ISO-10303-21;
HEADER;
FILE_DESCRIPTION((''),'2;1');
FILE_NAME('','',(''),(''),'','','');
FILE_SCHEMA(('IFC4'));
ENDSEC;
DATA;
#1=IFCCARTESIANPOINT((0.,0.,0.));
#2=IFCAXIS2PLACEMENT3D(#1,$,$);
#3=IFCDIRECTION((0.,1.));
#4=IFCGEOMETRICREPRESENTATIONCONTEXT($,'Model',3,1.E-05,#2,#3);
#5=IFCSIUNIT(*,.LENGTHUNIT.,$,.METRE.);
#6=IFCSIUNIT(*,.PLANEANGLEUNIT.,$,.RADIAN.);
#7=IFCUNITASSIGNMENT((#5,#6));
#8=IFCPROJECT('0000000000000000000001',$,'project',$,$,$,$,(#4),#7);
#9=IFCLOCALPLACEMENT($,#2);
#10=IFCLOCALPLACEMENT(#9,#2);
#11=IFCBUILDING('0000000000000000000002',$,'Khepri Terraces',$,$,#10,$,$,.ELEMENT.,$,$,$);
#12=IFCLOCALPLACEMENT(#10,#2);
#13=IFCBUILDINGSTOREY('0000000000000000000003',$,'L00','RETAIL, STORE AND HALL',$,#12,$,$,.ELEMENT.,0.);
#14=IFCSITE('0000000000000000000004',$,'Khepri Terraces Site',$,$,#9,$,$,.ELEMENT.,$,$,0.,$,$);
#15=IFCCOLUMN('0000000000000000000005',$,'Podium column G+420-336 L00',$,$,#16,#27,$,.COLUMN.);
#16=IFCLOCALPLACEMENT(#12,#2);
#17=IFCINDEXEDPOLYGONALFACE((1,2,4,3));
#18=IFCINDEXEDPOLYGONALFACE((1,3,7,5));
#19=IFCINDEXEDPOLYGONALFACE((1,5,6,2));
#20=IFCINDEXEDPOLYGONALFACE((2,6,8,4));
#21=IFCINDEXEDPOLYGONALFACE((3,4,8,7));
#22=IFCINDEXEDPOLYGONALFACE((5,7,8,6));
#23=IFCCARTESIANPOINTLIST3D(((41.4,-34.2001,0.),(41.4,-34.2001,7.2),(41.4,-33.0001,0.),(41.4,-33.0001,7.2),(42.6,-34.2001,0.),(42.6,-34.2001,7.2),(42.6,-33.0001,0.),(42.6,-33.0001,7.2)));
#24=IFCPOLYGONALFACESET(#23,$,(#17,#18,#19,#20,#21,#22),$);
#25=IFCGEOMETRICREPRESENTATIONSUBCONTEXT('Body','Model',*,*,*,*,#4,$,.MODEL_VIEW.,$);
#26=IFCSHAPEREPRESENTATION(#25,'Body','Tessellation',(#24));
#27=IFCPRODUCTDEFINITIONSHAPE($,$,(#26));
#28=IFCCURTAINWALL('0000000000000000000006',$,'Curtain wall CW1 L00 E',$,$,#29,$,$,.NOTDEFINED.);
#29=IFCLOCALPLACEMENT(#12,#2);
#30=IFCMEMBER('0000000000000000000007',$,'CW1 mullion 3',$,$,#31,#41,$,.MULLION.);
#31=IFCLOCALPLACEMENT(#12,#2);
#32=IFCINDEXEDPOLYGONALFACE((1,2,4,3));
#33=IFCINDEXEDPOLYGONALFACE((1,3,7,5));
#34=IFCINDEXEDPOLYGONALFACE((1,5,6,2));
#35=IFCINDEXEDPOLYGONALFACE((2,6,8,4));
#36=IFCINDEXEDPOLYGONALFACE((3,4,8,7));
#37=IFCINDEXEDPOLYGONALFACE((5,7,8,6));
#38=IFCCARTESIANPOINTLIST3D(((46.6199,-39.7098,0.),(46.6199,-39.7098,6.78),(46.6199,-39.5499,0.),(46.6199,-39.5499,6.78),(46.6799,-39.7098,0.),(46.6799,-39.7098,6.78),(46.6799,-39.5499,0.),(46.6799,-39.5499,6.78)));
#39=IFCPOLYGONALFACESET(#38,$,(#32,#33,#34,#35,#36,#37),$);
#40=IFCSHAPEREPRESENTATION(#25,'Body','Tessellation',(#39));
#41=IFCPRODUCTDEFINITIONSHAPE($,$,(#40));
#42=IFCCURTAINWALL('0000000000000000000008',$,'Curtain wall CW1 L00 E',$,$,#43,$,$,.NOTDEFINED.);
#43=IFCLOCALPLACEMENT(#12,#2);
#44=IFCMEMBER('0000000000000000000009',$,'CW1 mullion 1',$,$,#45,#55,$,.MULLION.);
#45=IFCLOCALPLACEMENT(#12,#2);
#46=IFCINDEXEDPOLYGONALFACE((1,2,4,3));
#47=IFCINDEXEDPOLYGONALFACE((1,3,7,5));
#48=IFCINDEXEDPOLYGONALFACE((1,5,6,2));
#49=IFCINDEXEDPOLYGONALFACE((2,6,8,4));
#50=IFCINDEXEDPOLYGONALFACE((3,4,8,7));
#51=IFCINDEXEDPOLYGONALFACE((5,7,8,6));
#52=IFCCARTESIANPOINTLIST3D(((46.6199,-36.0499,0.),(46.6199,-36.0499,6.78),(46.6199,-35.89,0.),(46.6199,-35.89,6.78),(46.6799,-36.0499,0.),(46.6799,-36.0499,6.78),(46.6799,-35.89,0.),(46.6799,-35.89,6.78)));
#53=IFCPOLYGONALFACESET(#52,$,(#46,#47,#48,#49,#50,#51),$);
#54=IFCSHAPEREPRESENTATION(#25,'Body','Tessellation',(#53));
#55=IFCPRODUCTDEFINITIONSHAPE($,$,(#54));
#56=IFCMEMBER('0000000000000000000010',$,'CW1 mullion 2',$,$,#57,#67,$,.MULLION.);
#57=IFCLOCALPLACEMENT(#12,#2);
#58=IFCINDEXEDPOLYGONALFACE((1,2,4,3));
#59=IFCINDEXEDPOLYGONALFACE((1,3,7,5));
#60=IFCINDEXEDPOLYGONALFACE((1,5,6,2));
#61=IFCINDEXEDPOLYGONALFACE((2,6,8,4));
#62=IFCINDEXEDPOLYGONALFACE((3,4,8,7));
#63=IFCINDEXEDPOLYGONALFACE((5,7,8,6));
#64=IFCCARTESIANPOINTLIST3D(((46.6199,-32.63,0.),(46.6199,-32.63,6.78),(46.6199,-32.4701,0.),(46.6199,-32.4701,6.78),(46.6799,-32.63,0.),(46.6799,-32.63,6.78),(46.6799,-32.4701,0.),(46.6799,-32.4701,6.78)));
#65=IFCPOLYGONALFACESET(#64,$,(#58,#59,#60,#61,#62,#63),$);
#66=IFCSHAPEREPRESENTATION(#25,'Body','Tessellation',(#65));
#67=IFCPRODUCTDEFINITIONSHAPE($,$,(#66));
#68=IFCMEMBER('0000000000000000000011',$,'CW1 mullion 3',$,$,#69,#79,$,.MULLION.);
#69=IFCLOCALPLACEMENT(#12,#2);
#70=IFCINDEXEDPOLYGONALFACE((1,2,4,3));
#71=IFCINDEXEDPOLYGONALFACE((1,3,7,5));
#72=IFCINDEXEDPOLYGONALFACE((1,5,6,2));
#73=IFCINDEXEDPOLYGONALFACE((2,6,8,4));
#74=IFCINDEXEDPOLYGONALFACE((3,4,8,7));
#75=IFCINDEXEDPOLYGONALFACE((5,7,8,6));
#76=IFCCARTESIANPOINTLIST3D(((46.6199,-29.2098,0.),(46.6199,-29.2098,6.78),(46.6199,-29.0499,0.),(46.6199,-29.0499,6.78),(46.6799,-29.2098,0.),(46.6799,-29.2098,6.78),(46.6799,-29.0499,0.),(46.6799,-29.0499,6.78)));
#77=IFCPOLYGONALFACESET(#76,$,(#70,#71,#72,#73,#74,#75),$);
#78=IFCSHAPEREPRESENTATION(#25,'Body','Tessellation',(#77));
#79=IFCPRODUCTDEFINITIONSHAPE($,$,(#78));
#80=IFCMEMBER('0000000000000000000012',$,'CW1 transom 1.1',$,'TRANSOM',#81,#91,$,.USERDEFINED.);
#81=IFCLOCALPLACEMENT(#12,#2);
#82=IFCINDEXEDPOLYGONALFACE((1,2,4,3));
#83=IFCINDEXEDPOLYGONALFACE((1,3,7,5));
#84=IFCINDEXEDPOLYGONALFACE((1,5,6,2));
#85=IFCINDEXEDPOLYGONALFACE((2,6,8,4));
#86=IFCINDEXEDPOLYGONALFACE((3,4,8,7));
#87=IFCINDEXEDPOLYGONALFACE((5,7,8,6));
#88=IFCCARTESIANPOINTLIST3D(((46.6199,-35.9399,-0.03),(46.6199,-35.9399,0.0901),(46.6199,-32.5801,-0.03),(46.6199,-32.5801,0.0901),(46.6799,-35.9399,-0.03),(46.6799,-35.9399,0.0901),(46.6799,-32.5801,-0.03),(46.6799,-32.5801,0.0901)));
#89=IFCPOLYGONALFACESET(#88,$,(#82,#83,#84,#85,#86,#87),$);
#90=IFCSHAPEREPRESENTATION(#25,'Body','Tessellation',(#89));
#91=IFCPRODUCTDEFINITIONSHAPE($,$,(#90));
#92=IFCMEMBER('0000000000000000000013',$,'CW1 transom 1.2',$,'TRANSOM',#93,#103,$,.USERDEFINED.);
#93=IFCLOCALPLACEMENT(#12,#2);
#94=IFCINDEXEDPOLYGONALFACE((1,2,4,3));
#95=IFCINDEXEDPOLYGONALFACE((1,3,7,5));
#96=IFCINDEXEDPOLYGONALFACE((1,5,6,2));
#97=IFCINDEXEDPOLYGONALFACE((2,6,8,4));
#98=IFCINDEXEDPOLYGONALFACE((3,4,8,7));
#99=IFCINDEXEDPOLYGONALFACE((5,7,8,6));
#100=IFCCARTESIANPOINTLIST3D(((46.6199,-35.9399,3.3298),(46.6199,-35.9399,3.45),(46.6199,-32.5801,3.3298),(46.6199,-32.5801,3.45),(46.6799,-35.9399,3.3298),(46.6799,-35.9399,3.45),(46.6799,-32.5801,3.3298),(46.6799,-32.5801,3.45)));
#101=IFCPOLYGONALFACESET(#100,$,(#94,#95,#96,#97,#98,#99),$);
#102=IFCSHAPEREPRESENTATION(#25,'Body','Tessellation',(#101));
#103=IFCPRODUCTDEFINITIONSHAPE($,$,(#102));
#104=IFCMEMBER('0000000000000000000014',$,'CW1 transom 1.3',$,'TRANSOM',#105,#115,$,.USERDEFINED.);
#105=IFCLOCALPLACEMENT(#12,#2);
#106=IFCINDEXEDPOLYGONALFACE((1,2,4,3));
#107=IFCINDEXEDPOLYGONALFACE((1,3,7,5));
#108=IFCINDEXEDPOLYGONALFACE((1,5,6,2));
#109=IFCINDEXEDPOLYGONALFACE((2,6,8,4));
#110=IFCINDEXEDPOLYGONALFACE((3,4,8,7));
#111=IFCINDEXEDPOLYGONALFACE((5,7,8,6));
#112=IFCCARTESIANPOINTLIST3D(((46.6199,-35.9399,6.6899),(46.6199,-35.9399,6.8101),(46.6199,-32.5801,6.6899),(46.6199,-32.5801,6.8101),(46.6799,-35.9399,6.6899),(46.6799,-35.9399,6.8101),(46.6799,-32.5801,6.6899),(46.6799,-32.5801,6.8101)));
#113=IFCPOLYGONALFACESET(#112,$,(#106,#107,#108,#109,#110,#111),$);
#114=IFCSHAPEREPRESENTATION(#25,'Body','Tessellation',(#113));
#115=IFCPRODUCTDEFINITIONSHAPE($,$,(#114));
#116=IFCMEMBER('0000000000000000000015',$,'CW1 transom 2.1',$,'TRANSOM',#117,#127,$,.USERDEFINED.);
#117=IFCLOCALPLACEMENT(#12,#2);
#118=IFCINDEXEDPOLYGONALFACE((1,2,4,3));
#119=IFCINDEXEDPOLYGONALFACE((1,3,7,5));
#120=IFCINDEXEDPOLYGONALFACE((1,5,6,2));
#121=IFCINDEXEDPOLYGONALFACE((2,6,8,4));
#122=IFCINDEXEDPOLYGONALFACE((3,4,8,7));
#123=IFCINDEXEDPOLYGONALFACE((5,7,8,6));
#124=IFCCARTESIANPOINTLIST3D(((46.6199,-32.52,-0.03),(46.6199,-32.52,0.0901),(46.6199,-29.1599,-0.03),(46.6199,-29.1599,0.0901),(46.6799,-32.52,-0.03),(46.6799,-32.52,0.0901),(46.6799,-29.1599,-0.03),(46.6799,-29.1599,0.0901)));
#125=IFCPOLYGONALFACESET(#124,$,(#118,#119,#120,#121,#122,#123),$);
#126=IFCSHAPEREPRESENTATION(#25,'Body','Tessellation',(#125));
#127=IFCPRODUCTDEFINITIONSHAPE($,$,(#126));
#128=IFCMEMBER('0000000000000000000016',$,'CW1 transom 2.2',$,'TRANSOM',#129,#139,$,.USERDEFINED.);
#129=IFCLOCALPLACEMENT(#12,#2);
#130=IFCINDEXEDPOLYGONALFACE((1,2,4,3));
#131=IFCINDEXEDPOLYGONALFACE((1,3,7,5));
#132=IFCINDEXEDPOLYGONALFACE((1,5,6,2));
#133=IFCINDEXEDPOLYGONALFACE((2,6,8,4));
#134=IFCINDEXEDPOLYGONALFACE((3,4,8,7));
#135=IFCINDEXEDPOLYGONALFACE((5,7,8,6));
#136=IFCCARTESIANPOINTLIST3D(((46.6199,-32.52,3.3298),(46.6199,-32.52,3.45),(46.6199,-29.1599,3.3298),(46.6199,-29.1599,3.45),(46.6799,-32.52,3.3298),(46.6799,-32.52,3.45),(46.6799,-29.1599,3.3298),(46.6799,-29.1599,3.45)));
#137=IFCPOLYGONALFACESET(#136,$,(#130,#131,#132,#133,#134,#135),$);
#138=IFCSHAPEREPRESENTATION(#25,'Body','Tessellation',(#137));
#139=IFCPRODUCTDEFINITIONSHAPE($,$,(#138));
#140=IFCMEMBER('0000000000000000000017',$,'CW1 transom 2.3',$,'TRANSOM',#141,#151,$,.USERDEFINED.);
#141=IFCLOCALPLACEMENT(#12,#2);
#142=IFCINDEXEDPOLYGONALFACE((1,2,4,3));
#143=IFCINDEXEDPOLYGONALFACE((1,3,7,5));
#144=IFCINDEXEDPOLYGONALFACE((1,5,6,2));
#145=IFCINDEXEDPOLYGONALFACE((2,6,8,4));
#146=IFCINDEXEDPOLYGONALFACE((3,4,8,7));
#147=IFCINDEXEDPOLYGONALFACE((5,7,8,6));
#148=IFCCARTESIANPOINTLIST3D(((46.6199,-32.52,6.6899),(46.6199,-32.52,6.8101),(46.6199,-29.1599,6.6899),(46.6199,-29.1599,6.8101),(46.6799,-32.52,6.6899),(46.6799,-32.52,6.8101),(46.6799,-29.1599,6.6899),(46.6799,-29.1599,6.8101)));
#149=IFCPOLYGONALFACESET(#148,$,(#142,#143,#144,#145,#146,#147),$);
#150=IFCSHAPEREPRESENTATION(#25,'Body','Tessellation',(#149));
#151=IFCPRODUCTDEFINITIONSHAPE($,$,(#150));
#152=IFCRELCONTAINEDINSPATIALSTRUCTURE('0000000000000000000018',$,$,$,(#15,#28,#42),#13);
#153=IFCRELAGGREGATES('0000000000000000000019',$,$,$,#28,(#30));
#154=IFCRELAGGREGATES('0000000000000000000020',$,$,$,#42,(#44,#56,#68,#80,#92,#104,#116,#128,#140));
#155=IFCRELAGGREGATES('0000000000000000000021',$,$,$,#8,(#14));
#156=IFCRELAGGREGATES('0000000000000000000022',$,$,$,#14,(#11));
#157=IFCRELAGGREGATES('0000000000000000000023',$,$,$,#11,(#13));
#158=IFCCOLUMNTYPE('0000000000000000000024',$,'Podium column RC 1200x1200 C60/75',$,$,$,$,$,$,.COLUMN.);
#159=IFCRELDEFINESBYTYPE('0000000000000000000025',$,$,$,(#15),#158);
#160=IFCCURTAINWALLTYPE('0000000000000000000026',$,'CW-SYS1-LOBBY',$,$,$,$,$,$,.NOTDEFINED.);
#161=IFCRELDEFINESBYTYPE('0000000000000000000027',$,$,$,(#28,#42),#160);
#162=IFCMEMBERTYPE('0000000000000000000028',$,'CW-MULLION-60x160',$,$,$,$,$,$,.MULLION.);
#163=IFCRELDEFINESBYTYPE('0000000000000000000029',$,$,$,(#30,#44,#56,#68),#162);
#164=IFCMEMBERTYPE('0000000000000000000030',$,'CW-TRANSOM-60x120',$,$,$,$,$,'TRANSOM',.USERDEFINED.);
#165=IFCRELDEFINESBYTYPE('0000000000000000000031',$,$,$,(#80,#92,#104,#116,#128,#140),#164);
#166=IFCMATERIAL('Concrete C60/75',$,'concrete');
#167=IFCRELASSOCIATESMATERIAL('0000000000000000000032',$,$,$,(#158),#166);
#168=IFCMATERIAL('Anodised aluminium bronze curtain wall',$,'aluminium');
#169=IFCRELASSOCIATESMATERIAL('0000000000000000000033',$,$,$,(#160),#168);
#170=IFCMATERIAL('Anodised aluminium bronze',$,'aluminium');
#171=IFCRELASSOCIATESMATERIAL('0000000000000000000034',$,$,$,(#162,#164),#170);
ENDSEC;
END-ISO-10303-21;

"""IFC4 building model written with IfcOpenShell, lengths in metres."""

from ifc_helpers import new_model, si_unit, direction, frame, origin, origin_2d, place, context, subcontext, project, spatial, rectangle, extrude, material, material_profile, profile_set, type_object, element, aggregate, save


model = new_model("IFC4")

# Units and contexts
model_context = context("Model", 3, precision=1e-05, world=origin(), true_north=direction((0.0, 1.0)))
body_context = subcontext(model_context, "Body", "Model", "MODEL_VIEW")
ifc_project = project(units=[si_unit("LENGTHUNIT", "METRE"), si_unit("PLANEANGLEUNIT", "RADIAN")], contexts=[model_context])

# Site, building, storey
site_placement = place(None, origin())
site = spatial("IfcSite", under=ifc_project, at=site_placement, Name="Khepri Terraces Site", CompositionType="ELEMENT", RefElevation=0.0)
building_placement = place(site_placement, origin())
building = spatial("IfcBuilding", under=site, at=building_placement, Name="Khepri Terraces", CompositionType="ELEMENT")
storey_placement = place(building_placement, origin())
storey = spatial("IfcBuildingStorey", under=building, at=storey_placement, Name="L00", Description="RETAIL, STORE AND HALL", CompositionType="ELEMENT", Elevation=0.0)

# Column
ifc_material_1 = material(Name="Concrete C60/75", Category="concrete")
ifc_material_profile_1 = material_profile(ifc_material_1, rectangle(XDim=1.2, YDim=1.2, at=origin_2d()), Name="Concrete C60/75", Category="concrete")
ifc_profile_set_1 = profile_set([ifc_material_profile_1], Name="Concrete C60/75")
column_type = type_object("IfcColumnType", Name="Podium column RC 1200x1200 C60/75", PredefinedType="COLUMN", material=ifc_profile_set_1)
column_placement = place(storey_placement, frame((42.0, -33.6001, 0.0), z_axis=(0.0, 0.0, 1.0), x_axis=(1.0, 0.0, 0.0)))
element("IfcColumn", 1, at=column_placement, inside=storey, type_object=column_type, Name="Podium column G+420-336 L00", PredefinedType="COLUMN", context=body_context, shape_type="SweptSolid", body=[
    extrude(rectangle(XDim=1.2, YDim=1.2, at=origin_2d()), origin(), (0.0, 0.0, 1.0), 7.2),
])

# Curtain wall, member
ifc_material_2 = material(Name="Anodised aluminium bronze curtain wall", Category="aluminium")
curtain_wall_type = type_object("IfcCurtainWallType", Name="CW-SYS1-LOBBY", PredefinedType="NOTDEFINED", material=ifc_material_2)
curtain_wall_1_placement = place(storey_placement, origin())
curtain_wall_1 = element("IfcCurtainWall", 2, at=curtain_wall_1_placement, inside=storey, type_object=curtain_wall_type, Name="Curtain wall CW1 L00 E", PredefinedType="NOTDEFINED")
ifc_material_3 = material(Name="Anodised aluminium bronze", Category="aluminium")
ifc_material_profile_2 = material_profile(ifc_material_3, rectangle(XDim=0.0601, YDim=0.1599, at=origin_2d()), Name="Anodised aluminium bronze", Category="aluminium")
ifc_profile_set_2 = profile_set([ifc_material_profile_2], Name="Anodised aluminium bronze")
member_type_1 = type_object("IfcMemberType", Name="CW-MULLION-60x160", PredefinedType="MULLION", material=ifc_profile_set_2)
member_1_placement = place(storey_placement, frame((46.6499, -39.6299, 0.0), z_axis=(0.0, 0.0, 1.0), x_axis=(-1.0, 0.0, 0.0)))
member_1 = element("IfcMember", 3, at=member_1_placement, type_object=member_type_1, Name="CW1 mullion 3", PredefinedType="MULLION", context=body_context, shape_type="SweptSolid", body=[
    extrude(rectangle(XDim=0.0601, YDim=0.1599, at=origin_2d()), origin(), (0.0, 0.0, 1.0), 6.78),
])

# Curtain wall, members
curtain_wall_2_placement = place(storey_placement, origin())
curtain_wall_2 = element("IfcCurtainWall", 4, at=curtain_wall_2_placement, inside=storey, type_object=curtain_wall_type, Name="Curtain wall CW1 L00 E", PredefinedType="NOTDEFINED")
member_2_placement = place(storey_placement, frame((46.6499, -35.97, 0.0), z_axis=(0.0, 0.0, 1.0), x_axis=(-1.0, 0.0, 0.0)))
member_2 = element("IfcMember", 5, at=member_2_placement, type_object=member_type_1, Name="CW1 mullion 1", PredefinedType="MULLION", context=body_context, shape_type="SweptSolid", body=[
    extrude(rectangle(XDim=0.0601, YDim=0.1599, at=origin_2d()), origin(), (0.0, 0.0, 1.0), 6.78),
])
member_3_placement = place(storey_placement, frame((46.6499, -32.55, 0.0), z_axis=(0.0, 0.0, 1.0), x_axis=(-1.0, 0.0, 0.0)))
member_3 = element("IfcMember", 6, at=member_3_placement, type_object=member_type_1, Name="CW1 mullion 2", PredefinedType="MULLION", context=body_context, shape_type="SweptSolid", body=[
    extrude(rectangle(XDim=0.0601, YDim=0.1599, at=origin_2d()), origin(), (0.0, 0.0, 1.0), 6.78),
])
member_4_placement = place(storey_placement, frame((46.6499, -29.1299, 0.0), z_axis=(0.0, 0.0, 1.0), x_axis=(-1.0, 0.0, 0.0)))
member_4 = element("IfcMember", 7, at=member_4_placement, type_object=member_type_1, Name="CW1 mullion 3", PredefinedType="MULLION", context=body_context, shape_type="SweptSolid", body=[
    extrude(rectangle(XDim=0.0601, YDim=0.1599, at=origin_2d()), origin(), (0.0, 0.0, 1.0), 6.78),
])
ifc_material_profile_3 = material_profile(ifc_material_3, rectangle(XDim=0.0601, YDim=0.1201, at=origin_2d()), Name="Anodised aluminium bronze", Category="aluminium")
ifc_profile_set_3 = profile_set([ifc_material_profile_3], Name="Anodised aluminium bronze")
member_type_2 = type_object("IfcMemberType", Name="CW-TRANSOM-60x120", ElementType="TRANSOM", PredefinedType="USERDEFINED", material=ifc_profile_set_3)
member_5_placement = place(storey_placement, frame((46.6499, -35.9399, 0.03), z_axis=(0.0, 1.0, 0.0), x_axis=(-1.0, 0.0, 0.0)))
member_5 = element("IfcMember", 8, at=member_5_placement, type_object=member_type_2, Name="CW1 transom 1.1", ObjectType="TRANSOM", PredefinedType="USERDEFINED", context=body_context, shape_type="SweptSolid", body=[
    extrude(rectangle(XDim=0.0601, YDim=0.1201, at=origin_2d()), origin(), (0.0, 0.0, 1.0), 3.3599),
])
member_6_placement = place(storey_placement, frame((46.6499, -35.9399, 3.3899), z_axis=(0.0, 1.0, 0.0), x_axis=(-1.0, 0.0, 0.0)))
member_6 = element("IfcMember", 9, at=member_6_placement, type_object=member_type_2, Name="CW1 transom 1.2", ObjectType="TRANSOM", PredefinedType="USERDEFINED", context=body_context, shape_type="SweptSolid", body=[
    extrude(rectangle(XDim=0.0601, YDim=0.1201, at=origin_2d()), origin(), (0.0, 0.0, 1.0), 3.3599),
])
member_7_placement = place(storey_placement, frame((46.6499, -35.9399, 6.75), z_axis=(0.0, 1.0, 0.0), x_axis=(-1.0, 0.0, 0.0)))
member_7 = element("IfcMember", 10, at=member_7_placement, type_object=member_type_2, Name="CW1 transom 1.3", ObjectType="TRANSOM", PredefinedType="USERDEFINED", context=body_context, shape_type="SweptSolid", body=[
    extrude(rectangle(XDim=0.0601, YDim=0.1201, at=origin_2d()), origin(), (0.0, 0.0, 1.0), 3.3599),
])
member_8_placement = place(storey_placement, frame((46.6499, -32.52, 0.03), z_axis=(0.0, 1.0, 0.0), x_axis=(-1.0, 0.0, 0.0)))
member_8 = element("IfcMember", 11, at=member_8_placement, type_object=member_type_2, Name="CW1 transom 2.1", ObjectType="TRANSOM", PredefinedType="USERDEFINED", context=body_context, shape_type="SweptSolid", body=[
    extrude(rectangle(XDim=0.0601, YDim=0.1201, at=origin_2d()), origin(), (0.0, 0.0, 1.0), 3.3601),
])
member_9_placement = place(storey_placement, frame((46.6499, -32.52, 3.3899), z_axis=(0.0, 1.0, 0.0), x_axis=(-1.0, 0.0, 0.0)))
member_9 = element("IfcMember", 12, at=member_9_placement, type_object=member_type_2, Name="CW1 transom 2.2", ObjectType="TRANSOM", PredefinedType="USERDEFINED", context=body_context, shape_type="SweptSolid", body=[
    extrude(rectangle(XDim=0.0601, YDim=0.1201, at=origin_2d()), origin(), (0.0, 0.0, 1.0), 3.3601),
])
member_10_placement = place(storey_placement, frame((46.6499, -32.52, 6.75), z_axis=(0.0, 1.0, 0.0), x_axis=(-1.0, 0.0, 0.0)))
member_10 = element("IfcMember", 13, at=member_10_placement, type_object=member_type_2, Name="CW1 transom 2.3", ObjectType="TRANSOM", PredefinedType="USERDEFINED", context=body_context, shape_type="SweptSolid", body=[
    extrude(rectangle(XDim=0.0601, YDim=0.1201, at=origin_2d()), origin(), (0.0, 0.0, 1.0), 3.3601),
])

aggregate(curtain_wall_1, [member_1])
aggregate(curtain_wall_2, [member_2, member_3, member_4, member_5, member_6, member_7, member_8, member_9, member_10])

save(model, "model.ifc")
